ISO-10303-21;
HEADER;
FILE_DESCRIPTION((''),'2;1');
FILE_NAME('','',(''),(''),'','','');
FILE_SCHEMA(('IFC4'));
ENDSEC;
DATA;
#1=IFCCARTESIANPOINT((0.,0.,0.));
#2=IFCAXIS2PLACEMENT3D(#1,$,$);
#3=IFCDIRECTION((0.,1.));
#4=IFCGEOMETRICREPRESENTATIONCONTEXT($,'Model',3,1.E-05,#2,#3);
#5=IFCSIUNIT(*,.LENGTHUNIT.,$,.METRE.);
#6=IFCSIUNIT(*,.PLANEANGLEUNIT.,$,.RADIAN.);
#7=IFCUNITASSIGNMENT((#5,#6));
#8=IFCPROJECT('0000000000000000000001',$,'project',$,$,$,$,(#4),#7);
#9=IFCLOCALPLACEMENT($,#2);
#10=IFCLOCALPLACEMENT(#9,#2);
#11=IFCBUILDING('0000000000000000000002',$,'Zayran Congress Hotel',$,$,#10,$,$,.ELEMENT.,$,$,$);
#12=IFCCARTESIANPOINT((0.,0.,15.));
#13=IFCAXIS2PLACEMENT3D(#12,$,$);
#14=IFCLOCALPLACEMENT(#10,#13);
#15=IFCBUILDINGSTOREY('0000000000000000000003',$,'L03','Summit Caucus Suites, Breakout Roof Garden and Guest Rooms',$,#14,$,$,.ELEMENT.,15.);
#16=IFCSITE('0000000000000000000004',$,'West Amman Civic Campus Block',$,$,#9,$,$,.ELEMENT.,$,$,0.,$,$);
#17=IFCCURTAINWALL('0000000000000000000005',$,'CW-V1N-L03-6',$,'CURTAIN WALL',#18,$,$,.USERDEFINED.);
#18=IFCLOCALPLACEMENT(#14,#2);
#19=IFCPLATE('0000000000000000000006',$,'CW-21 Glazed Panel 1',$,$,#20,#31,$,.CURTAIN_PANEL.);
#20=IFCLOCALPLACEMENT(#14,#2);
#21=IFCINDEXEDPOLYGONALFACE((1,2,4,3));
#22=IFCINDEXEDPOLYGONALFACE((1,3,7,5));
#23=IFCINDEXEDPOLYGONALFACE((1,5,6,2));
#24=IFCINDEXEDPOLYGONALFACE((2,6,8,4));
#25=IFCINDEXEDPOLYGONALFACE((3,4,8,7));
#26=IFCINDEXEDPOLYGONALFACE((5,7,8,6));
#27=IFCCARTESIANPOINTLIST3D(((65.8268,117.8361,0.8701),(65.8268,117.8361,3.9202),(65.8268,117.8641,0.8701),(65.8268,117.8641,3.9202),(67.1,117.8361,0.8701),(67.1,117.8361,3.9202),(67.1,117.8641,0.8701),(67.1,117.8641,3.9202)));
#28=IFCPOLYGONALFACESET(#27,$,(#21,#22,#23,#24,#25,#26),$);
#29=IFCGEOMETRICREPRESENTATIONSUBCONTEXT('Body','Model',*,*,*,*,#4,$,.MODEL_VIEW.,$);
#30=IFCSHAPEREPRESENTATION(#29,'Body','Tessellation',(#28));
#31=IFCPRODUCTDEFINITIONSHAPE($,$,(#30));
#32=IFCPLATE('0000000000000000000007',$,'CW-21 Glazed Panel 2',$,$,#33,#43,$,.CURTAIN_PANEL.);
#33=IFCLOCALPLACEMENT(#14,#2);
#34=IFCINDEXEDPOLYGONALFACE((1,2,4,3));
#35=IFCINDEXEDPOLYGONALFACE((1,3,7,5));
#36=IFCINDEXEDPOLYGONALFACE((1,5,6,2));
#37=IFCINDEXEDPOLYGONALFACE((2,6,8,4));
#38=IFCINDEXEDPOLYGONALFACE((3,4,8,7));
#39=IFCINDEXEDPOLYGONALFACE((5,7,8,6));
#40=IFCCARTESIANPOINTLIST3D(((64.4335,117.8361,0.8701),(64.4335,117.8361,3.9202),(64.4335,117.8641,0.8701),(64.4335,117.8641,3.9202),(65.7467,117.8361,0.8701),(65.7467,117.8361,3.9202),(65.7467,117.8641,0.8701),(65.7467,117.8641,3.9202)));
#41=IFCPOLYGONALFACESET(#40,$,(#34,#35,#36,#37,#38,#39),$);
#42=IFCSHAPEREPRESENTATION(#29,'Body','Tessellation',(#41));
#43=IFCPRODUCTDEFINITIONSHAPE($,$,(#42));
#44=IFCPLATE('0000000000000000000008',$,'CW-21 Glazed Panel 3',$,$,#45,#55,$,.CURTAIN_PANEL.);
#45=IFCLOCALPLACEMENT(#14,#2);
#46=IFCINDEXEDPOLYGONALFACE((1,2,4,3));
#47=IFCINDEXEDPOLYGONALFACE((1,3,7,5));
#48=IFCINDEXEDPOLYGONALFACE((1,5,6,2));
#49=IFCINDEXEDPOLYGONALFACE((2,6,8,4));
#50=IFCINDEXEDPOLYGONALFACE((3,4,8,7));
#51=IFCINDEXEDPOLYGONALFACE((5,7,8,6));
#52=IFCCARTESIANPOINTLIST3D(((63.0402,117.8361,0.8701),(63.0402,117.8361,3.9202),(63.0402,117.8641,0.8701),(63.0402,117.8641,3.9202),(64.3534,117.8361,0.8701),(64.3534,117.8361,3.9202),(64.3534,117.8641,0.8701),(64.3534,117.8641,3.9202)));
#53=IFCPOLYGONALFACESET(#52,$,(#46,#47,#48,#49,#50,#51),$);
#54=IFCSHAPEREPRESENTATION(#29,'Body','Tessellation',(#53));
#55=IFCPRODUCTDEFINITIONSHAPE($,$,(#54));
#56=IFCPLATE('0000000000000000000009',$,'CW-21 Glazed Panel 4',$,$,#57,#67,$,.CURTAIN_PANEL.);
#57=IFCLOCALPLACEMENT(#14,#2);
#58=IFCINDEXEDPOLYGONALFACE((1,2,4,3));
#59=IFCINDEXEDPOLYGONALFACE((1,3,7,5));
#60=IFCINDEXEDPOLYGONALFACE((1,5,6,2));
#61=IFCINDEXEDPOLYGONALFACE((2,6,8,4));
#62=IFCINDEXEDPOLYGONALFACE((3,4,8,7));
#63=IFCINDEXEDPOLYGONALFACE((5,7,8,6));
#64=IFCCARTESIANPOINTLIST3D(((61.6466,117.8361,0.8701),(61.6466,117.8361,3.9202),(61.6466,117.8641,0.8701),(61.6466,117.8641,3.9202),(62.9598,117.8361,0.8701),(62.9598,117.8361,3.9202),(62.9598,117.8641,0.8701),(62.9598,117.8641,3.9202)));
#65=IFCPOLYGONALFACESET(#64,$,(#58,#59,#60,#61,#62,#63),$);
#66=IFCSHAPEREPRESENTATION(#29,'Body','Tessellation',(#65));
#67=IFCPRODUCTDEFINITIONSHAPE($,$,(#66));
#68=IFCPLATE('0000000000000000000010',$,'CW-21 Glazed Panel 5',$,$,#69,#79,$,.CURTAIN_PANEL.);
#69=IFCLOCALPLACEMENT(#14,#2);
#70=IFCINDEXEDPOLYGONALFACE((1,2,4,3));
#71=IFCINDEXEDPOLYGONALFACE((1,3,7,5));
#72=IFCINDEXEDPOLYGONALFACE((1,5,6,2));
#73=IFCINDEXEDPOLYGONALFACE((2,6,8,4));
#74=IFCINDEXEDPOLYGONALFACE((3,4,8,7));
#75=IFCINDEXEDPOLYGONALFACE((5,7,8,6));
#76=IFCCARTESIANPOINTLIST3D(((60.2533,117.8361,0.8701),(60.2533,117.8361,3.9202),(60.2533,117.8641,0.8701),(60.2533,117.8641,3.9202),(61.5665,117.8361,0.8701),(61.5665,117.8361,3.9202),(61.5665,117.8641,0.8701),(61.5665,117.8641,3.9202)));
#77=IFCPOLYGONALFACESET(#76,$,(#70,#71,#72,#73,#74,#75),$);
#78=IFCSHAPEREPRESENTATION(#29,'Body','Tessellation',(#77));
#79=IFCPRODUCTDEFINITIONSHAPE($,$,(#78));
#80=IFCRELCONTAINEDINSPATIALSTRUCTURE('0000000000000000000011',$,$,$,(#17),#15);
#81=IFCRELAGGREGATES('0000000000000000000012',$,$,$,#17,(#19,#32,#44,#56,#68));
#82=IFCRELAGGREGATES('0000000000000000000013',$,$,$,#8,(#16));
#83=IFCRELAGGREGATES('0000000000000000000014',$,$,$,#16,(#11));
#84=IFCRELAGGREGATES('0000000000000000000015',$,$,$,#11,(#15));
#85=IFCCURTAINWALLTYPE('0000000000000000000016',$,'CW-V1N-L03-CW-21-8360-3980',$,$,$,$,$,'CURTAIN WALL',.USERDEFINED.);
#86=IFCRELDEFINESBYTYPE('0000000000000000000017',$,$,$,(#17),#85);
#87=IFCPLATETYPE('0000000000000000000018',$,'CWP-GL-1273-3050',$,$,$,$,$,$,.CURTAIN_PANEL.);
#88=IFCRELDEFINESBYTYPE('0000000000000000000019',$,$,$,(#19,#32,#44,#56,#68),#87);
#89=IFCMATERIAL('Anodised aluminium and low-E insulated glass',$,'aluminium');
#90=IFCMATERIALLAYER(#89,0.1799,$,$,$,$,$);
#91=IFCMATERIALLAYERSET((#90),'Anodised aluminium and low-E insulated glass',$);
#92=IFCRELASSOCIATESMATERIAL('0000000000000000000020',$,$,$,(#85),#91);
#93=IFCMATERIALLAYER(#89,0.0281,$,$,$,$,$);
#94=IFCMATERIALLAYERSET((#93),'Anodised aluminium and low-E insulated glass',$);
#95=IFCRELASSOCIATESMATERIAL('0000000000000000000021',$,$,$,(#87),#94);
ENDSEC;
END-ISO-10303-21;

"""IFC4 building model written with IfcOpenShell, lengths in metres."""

from ifc_helpers import new_model, si_unit, direction, frame, origin, origin_2d, place, context, subcontext, project, spatial, rectangle, extrude, material, layer, layer_set, type_object, element, aggregate, save


model = new_model("IFC4")

# Units and contexts
model_context = context("Model", 3, precision=1e-05, world=origin(), true_north=direction((0.0, 1.0)))
body_context = subcontext(model_context, "Body", "Model", "MODEL_VIEW")
ifc_project = project(units=[si_unit("LENGTHUNIT", "METRE"), si_unit("PLANEANGLEUNIT", "RADIAN")], contexts=[model_context])

# Site, building, storey
site_placement = place(None, origin())
site = spatial("IfcSite", under=ifc_project, at=site_placement, Name="West Amman Civic Campus Block", CompositionType="ELEMENT", RefElevation=0.0)
building_placement = place(site_placement, origin())
building = spatial("IfcBuilding", under=site, at=building_placement, Name="Zayran Congress Hotel", CompositionType="ELEMENT")
storey_placement = place(building_placement, frame((0.0, 0.0, 15.0)))
storey = spatial("IfcBuildingStorey", under=building, at=storey_placement, Name="L03", Description="Summit Caucus Suites, Breakout Roof Garden and Guest Rooms", CompositionType="ELEMENT", Elevation=15.0)

# Curtain wall, plates
ifc_material_1 = material(Name="Anodised aluminium and low-E insulated glass", Category="aluminium")
ifc_layer_1 = layer(ifc_material_1, 0.1799)
ifc_layer_set_1 = layer_set([ifc_layer_1], Name="Anodised aluminium and low-E insulated glass")
curtain_wall_type = type_object("IfcCurtainWallType", Name="CW-V1N-L03-CW-21-8360-3980", ElementType="CURTAIN WALL", PredefinedType="USERDEFINED", material=ifc_layer_set_1)
curtain_wall_placement = place(storey_placement, origin())
curtain_wall = element("IfcCurtainWall", 1, at=curtain_wall_placement, inside=storey, type_object=curtain_wall_type, Name="CW-V1N-L03-6", ObjectType="CURTAIN WALL", PredefinedType="USERDEFINED")
ifc_layer_2 = layer(ifc_material_1, 0.0281)
ifc_layer_set_2 = layer_set([ifc_layer_2], Name="Anodised aluminium and low-E insulated glass")
plate_type_1 = type_object("IfcPlateType", Name="CWP-GL-1273-3050", PredefinedType="CURTAIN_PANEL", material=ifc_layer_set_2)
plate_1_placement = place(storey_placement, frame((66.4634, 117.8501, 0.8701), z_axis=(0.0, 0.0, 1.0), x_axis=(1.0, 0.0, 0.0)))
plate_1 = element("IfcPlate", 2, at=plate_1_placement, type_object=plate_type_1, Name="CW-21 Glazed Panel 1", PredefinedType="CURTAIN_PANEL", context=body_context, shape_type="SweptSolid", body=[
    extrude(rectangle(XDim=1.2732, YDim=0.0281, at=origin_2d()), origin(), (0.0, 0.0, 1.0), 3.05),
])
plate_2_placement = place(storey_placement, frame((65.0901, 117.8501, 0.8701), z_axis=(0.0, 0.0, 1.0), x_axis=(1.0, 0.0, 0.0)))
plate_2 = element("IfcPlate", 3, at=plate_2_placement, type_object=plate_type_1, Name="CW-21 Glazed Panel 2", PredefinedType="CURTAIN_PANEL", context=body_context, shape_type="SweptSolid", body=[
    extrude(rectangle(XDim=1.3132, YDim=0.0281, at=origin_2d()), origin(), (0.0, 0.0, 1.0), 3.05),
])
plate_3_placement = place(storey_placement, frame((63.6968, 117.8501, 0.8701), z_axis=(0.0, 0.0, 1.0), x_axis=(1.0, 0.0, 0.0)))
plate_3 = element("IfcPlate", 4, at=plate_3_placement, type_object=plate_type_1, Name="CW-21 Glazed Panel 3", PredefinedType="CURTAIN_PANEL", context=body_context, shape_type="SweptSolid", body=[
    extrude(rectangle(XDim=1.3132, YDim=0.0281, at=origin_2d()), origin(), (0.0, 0.0, 1.0), 3.05),
])
plate_4_placement = place(storey_placement, frame((62.3032, 117.8501, 0.8701), z_axis=(0.0, 0.0, 1.0), x_axis=(1.0, 0.0, 0.0)))
plate_4 = element("IfcPlate", 5, at=plate_4_placement, type_object=plate_type_1, Name="CW-21 Glazed Panel 4", PredefinedType="CURTAIN_PANEL", context=body_context, shape_type="SweptSolid", body=[
    extrude(rectangle(XDim=1.3132, YDim=0.0281, at=origin_2d()), origin(), (0.0, 0.0, 1.0), 3.05),
])
plate_5_placement = place(storey_placement, frame((60.9099, 117.8501, 0.8701), z_axis=(0.0, 0.0, 1.0), x_axis=(1.0, 0.0, 0.0)))
plate_5 = element("IfcPlate", 6, at=plate_5_placement, type_object=plate_type_1, Name="CW-21 Glazed Panel 5", PredefinedType="CURTAIN_PANEL", context=body_context, shape_type="SweptSolid", body=[
    extrude(rectangle(XDim=1.3132, YDim=0.0281, at=origin_2d()), origin(), (0.0, 0.0, 1.0), 3.05),
])
aggregate(curtain_wall, [plate_1, plate_2, plate_3, plate_4, plate_5])

save(model, "model.ifc")
